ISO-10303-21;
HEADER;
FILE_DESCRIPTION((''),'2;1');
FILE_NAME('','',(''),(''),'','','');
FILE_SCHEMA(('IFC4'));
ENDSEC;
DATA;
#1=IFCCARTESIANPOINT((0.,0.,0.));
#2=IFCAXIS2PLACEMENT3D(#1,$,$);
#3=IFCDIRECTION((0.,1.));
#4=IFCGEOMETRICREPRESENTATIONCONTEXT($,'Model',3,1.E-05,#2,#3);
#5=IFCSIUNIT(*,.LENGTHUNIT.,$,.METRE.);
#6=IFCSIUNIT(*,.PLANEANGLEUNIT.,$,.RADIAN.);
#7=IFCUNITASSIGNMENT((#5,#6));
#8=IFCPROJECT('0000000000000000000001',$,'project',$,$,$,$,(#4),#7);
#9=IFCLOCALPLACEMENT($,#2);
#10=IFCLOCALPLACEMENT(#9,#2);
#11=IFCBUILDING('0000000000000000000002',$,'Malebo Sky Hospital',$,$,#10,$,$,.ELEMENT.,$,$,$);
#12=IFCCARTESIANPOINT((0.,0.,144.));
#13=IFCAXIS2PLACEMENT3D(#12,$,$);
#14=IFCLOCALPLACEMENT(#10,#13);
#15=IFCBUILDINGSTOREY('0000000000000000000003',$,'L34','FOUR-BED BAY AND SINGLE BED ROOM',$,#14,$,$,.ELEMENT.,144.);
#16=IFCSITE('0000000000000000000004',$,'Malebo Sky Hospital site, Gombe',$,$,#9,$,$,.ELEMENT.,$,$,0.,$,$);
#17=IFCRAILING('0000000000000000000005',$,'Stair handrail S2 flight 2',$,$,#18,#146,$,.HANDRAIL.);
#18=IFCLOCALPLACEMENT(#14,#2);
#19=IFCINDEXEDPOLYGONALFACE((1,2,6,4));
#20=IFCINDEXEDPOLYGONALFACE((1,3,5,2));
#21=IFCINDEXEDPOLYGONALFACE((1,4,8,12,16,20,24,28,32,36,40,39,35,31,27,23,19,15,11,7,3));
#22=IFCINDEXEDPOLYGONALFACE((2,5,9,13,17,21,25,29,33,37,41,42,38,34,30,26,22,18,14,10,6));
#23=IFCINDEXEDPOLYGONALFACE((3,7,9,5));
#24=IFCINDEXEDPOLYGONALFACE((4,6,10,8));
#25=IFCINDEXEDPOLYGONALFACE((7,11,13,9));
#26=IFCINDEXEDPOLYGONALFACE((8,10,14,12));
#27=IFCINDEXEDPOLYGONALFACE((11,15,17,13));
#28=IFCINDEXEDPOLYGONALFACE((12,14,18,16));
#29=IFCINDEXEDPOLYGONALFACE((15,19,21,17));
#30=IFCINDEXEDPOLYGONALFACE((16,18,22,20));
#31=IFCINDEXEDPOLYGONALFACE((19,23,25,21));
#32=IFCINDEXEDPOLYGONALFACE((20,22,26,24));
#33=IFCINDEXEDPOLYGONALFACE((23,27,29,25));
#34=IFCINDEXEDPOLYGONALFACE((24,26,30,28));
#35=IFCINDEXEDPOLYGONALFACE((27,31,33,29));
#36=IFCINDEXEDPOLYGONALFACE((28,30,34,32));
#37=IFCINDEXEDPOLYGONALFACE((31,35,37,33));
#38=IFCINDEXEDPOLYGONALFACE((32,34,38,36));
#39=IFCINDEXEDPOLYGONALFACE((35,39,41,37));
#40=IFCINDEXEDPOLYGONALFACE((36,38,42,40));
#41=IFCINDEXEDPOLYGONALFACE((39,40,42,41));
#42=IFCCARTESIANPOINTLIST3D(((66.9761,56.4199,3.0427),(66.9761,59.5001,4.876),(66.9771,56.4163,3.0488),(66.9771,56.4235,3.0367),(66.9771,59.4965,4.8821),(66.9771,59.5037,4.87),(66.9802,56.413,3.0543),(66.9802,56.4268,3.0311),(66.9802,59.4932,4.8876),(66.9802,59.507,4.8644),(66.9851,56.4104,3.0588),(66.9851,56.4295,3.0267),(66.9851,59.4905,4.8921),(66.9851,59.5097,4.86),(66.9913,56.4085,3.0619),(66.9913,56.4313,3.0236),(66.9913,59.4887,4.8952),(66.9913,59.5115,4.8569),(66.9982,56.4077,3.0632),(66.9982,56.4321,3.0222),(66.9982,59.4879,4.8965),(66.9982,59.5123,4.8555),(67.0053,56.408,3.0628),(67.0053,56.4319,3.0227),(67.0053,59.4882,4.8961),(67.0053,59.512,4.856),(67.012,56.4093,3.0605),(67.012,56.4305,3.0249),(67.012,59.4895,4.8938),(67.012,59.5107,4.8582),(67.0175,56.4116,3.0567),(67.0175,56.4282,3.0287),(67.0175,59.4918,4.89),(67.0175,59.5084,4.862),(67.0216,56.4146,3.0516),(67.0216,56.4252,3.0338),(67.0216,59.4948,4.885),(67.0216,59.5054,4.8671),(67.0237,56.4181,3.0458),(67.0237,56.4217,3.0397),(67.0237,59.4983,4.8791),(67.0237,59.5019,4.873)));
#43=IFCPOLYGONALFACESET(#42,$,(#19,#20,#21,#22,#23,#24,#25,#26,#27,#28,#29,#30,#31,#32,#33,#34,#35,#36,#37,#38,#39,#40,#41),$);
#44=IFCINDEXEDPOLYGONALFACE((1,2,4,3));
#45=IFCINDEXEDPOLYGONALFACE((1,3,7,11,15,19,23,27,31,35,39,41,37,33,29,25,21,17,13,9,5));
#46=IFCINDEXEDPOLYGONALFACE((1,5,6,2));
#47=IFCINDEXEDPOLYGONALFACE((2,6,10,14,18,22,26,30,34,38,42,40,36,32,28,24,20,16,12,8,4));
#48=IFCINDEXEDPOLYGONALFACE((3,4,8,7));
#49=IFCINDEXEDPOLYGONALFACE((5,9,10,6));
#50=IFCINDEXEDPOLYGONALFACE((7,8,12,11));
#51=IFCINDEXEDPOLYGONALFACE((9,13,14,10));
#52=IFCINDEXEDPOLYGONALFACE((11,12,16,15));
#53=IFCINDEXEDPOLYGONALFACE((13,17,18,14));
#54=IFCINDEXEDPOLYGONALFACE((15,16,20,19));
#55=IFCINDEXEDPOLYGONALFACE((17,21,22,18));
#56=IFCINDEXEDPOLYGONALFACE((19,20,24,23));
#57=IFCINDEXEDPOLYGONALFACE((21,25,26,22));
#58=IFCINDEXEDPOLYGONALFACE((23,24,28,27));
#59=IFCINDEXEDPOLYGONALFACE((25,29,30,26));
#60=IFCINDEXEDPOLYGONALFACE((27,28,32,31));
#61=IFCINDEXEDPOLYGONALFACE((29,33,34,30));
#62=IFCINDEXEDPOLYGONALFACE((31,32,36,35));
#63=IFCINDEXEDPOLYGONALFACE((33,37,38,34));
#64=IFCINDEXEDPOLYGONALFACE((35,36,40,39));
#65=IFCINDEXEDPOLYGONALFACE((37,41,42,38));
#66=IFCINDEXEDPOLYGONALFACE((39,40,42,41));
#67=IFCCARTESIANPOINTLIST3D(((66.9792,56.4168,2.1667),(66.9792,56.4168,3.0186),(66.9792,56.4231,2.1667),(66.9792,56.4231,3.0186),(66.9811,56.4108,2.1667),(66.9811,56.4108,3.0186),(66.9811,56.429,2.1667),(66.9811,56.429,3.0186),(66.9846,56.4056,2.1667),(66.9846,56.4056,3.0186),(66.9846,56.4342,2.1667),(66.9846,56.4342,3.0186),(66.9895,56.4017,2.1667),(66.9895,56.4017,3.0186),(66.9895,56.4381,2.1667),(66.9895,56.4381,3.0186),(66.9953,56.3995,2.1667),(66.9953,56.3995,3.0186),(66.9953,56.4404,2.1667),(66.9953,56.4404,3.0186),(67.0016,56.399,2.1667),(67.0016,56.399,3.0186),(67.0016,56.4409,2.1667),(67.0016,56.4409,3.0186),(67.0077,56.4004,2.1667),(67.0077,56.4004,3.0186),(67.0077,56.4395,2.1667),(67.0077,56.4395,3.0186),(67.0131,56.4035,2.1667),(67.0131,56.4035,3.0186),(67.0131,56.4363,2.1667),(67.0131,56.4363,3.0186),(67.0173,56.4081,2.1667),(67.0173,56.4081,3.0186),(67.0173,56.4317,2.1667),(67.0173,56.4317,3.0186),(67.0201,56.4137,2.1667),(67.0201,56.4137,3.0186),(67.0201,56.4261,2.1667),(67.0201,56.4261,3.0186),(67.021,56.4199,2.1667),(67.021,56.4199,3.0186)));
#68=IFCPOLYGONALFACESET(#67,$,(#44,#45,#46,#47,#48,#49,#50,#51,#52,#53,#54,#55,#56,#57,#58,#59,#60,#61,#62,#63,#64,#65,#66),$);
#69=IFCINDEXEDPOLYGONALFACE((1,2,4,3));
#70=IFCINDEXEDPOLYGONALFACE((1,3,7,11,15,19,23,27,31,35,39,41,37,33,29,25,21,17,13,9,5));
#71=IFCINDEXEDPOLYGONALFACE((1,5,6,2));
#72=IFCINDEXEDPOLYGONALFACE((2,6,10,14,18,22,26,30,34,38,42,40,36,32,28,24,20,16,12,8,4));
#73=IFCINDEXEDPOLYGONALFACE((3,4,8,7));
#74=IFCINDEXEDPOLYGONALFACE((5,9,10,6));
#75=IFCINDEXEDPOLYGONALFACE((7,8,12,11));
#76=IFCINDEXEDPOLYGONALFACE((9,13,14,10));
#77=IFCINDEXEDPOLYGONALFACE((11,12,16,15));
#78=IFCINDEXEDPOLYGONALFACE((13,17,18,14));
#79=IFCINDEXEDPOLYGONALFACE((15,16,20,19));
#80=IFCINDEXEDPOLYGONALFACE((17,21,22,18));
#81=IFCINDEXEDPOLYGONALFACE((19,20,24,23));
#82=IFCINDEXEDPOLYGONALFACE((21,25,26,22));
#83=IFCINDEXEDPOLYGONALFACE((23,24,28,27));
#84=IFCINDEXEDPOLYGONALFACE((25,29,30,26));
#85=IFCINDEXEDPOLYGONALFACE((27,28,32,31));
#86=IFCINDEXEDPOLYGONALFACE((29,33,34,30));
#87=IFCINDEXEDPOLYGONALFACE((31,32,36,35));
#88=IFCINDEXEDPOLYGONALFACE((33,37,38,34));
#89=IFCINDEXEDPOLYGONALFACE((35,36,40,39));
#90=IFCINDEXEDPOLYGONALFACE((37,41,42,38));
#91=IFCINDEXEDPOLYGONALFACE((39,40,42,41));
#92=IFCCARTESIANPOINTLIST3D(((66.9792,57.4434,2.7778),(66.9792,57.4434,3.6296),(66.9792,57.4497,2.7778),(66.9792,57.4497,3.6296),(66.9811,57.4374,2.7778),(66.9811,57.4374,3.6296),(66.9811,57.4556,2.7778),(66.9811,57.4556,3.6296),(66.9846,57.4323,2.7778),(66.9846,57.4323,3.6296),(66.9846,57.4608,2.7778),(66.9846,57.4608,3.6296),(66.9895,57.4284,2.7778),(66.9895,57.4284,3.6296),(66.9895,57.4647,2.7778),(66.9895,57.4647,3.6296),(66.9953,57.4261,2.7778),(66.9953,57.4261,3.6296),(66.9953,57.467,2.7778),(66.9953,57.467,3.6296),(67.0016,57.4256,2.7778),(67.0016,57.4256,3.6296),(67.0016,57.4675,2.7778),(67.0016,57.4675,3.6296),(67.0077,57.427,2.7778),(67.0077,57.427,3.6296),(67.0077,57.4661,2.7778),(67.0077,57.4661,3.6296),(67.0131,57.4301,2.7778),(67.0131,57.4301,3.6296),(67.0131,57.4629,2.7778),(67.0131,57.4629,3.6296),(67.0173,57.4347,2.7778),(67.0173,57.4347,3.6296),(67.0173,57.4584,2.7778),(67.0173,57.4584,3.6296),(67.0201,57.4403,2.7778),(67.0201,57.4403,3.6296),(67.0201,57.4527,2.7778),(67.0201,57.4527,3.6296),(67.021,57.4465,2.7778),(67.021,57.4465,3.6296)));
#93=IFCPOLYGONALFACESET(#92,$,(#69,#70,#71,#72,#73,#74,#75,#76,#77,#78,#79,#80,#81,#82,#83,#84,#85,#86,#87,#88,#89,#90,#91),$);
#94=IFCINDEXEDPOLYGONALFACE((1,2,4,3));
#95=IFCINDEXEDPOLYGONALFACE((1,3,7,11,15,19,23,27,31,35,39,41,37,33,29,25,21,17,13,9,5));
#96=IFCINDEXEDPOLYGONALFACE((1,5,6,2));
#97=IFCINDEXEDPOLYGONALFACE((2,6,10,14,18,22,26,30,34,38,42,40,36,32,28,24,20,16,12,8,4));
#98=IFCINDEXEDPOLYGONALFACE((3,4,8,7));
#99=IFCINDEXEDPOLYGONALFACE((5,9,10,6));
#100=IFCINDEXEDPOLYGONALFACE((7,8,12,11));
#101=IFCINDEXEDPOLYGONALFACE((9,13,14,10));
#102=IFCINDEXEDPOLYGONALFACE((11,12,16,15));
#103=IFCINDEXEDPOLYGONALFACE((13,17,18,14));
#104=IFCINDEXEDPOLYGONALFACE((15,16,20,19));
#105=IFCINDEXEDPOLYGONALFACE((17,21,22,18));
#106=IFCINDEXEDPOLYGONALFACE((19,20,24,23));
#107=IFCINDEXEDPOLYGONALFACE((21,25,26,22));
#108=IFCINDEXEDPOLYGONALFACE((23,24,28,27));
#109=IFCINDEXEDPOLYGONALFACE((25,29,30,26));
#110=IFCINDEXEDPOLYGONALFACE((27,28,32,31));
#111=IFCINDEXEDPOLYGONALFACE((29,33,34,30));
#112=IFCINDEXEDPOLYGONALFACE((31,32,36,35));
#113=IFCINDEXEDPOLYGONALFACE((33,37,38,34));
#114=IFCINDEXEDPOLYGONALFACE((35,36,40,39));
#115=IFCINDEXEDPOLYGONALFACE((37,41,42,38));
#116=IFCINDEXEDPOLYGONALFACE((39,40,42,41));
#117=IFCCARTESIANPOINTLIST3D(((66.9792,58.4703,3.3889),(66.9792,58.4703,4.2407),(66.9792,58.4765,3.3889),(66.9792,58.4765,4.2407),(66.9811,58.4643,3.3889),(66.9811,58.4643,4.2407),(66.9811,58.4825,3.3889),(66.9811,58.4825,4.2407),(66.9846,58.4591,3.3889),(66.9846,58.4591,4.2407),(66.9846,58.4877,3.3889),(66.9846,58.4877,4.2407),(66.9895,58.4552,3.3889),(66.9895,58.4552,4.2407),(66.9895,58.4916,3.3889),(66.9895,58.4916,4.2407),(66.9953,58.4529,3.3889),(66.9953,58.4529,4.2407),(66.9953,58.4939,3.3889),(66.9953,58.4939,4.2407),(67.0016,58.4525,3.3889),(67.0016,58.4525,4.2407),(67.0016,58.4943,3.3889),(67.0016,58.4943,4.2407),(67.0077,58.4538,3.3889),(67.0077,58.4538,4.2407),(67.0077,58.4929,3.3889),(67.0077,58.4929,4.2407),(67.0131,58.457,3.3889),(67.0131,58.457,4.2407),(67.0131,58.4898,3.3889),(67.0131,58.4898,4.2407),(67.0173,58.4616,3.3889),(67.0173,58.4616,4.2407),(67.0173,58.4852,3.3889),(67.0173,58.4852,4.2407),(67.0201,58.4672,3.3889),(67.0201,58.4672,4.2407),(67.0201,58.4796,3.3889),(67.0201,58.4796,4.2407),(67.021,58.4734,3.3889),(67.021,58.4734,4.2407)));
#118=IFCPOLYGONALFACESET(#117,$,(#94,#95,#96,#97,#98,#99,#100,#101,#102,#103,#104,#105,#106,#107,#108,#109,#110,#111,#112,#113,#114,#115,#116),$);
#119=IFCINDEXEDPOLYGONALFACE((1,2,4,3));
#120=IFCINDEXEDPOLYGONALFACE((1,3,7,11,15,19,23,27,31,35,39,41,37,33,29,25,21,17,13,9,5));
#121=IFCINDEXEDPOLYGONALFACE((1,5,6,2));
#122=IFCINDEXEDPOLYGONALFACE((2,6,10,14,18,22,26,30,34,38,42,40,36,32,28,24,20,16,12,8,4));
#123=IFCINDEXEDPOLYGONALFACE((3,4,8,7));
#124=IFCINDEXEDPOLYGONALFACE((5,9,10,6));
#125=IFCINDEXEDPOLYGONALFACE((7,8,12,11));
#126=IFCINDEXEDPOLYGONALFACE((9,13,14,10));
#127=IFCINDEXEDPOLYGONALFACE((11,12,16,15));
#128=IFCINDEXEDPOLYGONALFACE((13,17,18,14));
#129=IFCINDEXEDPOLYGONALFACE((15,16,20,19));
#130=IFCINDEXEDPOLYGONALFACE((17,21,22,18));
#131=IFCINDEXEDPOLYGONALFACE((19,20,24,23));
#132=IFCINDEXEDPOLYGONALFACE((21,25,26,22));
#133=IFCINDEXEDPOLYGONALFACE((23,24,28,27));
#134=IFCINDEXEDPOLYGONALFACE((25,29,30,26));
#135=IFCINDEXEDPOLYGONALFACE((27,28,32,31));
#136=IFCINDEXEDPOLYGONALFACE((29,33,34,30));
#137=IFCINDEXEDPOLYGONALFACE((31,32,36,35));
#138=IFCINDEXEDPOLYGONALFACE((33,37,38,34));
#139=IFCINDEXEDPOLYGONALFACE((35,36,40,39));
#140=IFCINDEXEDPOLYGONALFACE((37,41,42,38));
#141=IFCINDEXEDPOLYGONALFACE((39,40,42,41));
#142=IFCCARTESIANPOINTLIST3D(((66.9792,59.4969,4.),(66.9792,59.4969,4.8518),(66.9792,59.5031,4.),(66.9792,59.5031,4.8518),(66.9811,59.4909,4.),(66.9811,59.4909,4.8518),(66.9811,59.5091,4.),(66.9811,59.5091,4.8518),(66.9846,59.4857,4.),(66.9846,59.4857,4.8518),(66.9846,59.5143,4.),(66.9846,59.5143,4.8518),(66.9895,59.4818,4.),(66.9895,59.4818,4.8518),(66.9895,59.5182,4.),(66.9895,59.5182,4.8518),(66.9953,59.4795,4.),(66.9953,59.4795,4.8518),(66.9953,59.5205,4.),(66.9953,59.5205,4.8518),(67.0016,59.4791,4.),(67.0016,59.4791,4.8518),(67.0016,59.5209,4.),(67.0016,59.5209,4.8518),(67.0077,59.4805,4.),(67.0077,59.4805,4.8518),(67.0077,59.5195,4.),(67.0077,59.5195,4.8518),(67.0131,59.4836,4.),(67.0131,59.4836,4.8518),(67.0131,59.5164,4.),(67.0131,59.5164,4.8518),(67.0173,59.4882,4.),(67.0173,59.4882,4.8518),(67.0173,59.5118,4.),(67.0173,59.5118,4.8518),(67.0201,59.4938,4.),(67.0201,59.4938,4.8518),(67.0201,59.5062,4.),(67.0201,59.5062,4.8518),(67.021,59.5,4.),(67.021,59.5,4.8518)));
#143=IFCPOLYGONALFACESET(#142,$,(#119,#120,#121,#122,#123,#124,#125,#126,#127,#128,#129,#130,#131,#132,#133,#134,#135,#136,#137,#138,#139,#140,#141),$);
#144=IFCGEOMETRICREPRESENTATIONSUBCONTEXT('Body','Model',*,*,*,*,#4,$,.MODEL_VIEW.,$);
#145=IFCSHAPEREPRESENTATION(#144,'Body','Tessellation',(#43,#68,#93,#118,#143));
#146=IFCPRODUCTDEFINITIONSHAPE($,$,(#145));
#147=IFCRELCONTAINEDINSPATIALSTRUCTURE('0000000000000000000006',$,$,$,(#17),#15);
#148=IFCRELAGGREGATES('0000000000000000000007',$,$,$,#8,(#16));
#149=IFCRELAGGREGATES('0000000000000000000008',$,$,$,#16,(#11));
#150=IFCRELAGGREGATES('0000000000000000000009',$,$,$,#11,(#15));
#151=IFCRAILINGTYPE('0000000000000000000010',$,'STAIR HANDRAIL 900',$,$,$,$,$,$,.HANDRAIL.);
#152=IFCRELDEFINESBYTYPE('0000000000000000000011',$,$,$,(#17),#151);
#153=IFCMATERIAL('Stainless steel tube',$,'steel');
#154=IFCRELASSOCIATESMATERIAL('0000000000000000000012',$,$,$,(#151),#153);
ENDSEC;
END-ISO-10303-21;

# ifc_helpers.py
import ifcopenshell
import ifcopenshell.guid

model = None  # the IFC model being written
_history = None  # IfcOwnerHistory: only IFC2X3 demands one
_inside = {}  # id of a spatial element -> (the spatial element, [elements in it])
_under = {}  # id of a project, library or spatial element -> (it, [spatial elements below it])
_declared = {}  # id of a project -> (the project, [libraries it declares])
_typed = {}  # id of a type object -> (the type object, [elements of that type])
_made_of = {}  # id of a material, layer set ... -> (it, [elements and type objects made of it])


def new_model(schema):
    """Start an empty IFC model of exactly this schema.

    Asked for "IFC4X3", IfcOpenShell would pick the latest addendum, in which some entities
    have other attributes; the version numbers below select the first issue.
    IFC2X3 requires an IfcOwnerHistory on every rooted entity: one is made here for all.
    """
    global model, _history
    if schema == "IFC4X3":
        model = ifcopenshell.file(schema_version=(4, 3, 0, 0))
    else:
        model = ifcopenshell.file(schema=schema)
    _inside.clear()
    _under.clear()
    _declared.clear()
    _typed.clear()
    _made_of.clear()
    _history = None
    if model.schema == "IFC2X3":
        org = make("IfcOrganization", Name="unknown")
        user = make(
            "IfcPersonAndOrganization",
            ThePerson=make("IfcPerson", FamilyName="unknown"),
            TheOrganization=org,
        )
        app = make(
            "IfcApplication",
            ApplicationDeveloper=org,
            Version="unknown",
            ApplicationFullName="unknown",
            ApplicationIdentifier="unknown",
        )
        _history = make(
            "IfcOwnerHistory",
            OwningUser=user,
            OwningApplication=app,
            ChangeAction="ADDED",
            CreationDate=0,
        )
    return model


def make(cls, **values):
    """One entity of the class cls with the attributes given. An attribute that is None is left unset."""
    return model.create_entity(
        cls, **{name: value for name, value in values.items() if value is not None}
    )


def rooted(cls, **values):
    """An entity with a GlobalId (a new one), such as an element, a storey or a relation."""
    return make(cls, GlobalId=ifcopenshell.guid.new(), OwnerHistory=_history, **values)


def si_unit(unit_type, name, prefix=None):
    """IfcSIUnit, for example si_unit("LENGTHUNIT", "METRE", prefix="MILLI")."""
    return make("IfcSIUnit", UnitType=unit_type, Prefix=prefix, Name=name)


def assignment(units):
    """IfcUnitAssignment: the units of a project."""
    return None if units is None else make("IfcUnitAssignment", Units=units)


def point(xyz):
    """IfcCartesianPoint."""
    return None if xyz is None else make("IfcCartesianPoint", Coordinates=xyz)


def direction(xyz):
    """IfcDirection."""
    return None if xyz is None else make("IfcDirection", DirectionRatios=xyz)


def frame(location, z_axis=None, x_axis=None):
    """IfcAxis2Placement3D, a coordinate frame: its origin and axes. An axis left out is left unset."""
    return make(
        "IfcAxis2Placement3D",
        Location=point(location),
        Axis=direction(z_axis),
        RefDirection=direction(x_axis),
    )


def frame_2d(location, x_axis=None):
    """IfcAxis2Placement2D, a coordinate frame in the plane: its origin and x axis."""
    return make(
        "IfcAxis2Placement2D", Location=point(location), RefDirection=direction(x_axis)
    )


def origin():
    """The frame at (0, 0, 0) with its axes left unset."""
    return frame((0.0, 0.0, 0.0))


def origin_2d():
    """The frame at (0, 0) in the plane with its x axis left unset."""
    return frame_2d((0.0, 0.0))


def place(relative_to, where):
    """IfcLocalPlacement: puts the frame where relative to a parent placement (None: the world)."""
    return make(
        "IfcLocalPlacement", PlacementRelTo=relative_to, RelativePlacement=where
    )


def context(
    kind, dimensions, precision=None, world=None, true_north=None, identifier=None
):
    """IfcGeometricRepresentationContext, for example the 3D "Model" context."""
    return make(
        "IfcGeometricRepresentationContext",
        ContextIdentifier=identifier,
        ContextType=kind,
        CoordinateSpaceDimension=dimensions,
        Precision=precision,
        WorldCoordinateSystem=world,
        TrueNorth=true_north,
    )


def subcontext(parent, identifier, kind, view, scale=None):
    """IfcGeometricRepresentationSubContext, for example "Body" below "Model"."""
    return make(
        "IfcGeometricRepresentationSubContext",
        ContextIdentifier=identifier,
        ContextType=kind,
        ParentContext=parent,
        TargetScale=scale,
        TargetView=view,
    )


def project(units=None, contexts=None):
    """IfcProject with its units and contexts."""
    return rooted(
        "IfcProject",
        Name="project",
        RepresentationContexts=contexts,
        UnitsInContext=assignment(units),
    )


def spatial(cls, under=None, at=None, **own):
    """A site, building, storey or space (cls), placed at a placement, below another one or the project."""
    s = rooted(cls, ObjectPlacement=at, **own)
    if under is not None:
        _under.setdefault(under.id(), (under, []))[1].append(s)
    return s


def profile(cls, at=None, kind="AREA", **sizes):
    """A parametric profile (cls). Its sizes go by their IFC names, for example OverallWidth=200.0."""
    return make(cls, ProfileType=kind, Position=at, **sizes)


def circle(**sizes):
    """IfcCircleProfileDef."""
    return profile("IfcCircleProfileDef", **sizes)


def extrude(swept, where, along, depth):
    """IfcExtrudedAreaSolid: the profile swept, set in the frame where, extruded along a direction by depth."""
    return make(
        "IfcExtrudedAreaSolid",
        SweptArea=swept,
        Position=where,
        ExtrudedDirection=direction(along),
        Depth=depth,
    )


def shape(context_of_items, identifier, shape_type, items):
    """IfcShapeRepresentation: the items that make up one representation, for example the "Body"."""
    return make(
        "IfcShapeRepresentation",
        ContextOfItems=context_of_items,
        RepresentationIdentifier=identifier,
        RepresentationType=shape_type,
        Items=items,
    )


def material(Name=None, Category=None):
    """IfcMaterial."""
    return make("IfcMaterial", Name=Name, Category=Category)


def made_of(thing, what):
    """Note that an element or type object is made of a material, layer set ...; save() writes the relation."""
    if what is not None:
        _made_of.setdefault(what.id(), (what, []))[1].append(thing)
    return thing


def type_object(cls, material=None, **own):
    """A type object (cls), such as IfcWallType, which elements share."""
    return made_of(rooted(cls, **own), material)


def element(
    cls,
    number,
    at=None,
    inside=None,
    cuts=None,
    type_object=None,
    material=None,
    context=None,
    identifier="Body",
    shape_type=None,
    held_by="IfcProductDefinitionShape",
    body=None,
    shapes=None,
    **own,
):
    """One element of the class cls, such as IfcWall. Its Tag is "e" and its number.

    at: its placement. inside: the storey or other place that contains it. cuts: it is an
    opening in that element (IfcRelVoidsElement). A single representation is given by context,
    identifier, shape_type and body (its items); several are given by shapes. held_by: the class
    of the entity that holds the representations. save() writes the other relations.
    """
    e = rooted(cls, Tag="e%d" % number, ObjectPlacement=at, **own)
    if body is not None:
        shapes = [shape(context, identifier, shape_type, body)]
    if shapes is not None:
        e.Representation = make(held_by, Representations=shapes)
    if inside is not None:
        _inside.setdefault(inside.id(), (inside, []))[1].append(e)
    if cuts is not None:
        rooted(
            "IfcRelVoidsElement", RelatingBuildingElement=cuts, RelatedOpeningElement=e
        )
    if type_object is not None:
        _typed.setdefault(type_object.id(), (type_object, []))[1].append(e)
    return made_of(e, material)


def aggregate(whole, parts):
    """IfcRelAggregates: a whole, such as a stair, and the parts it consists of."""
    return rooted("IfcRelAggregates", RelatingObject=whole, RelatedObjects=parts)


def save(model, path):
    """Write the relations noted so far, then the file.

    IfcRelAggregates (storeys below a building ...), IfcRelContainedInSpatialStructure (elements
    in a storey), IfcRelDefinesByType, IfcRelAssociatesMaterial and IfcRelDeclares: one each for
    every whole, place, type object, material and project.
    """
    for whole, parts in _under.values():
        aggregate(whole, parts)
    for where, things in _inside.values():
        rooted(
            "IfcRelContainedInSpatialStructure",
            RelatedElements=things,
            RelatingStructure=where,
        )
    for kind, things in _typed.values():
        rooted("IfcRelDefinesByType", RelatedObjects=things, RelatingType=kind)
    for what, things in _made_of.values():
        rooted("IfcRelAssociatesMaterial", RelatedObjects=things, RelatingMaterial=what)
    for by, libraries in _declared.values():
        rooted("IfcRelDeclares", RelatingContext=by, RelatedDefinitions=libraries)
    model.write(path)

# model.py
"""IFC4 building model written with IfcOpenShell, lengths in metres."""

from ifc_helpers import new_model, si_unit, direction, frame, origin, origin_2d, place, context, subcontext, project, spatial, circle, extrude, material, type_object, element, save


model = new_model("IFC4")

# Units and contexts
model_context = context("Model", 3, precision=1e-05, world=origin(), true_north=direction((0.0, 1.0)))
body_context = subcontext(model_context, "Body", "Model", "MODEL_VIEW")
ifc_project = project(units=[si_unit("LENGTHUNIT", "METRE"), si_unit("PLANEANGLEUNIT", "RADIAN")], contexts=[model_context])

# Site, building, storey
site_placement = place(None, origin())
site = spatial("IfcSite", under=ifc_project, at=site_placement, Name="Malebo Sky Hospital site, Gombe", CompositionType="ELEMENT", RefElevation=0.0)
building_placement = place(site_placement, origin())
building = spatial("IfcBuilding", under=site, at=building_placement, Name="Malebo Sky Hospital", CompositionType="ELEMENT")
storey_placement = place(building_placement, frame((0.0, 0.0, 144.0)))
storey = spatial("IfcBuildingStorey", under=building, at=storey_placement, Name="L34", Description="FOUR-BED BAY AND SINGLE BED ROOM", CompositionType="ELEMENT", Elevation=144.0)

# Railing
ifc_material_1 = material(Name="Stainless steel tube", Category="steel")
railing_type = type_object("IfcRailingType", Name="STAIR HANDRAIL 900", PredefinedType="HANDRAIL", material=ifc_material_1)
railing_1_placement = place(storey_placement, frame((67.0, 56.4199, 2.1667)))
element("IfcRailing", 1, at=railing_1_placement, inside=storey, type_object=railing_type, Name="Stair handrail S2 flight 2", PredefinedType="HANDRAIL", context=body_context, shape_type="SweptSolid", body=[
    extrude(circle(Radius=0.0239, at=origin_2d()), frame((0.0, 0.0, 0.876), z_axis=(0.0, 0.859309, 0.511458), x_axis=(-1.0, 0.0, 0.0)), (0.0, 0.0, 1.0), 3.5845),
    extrude(circle(Radius=0.021, at=origin_2d()), origin(), (0.0, 0.0, 1.0), 0.8518),
    extrude(circle(Radius=0.021, at=origin_2d()), frame((0.0, 1.0266, 0.6111)), (0.0, 0.0, 1.0), 0.8518),
    extrude(circle(Radius=0.021, at=origin_2d()), frame((0.0, 2.0535, 1.2222)), (0.0, 0.0, 1.0), 0.8518),
    extrude(circle(Radius=0.021, at=origin_2d()), frame((0.0, 3.0801, 1.8333)), (0.0, 0.0, 1.0), 0.8518),
])

save(model, "model.ifc")
